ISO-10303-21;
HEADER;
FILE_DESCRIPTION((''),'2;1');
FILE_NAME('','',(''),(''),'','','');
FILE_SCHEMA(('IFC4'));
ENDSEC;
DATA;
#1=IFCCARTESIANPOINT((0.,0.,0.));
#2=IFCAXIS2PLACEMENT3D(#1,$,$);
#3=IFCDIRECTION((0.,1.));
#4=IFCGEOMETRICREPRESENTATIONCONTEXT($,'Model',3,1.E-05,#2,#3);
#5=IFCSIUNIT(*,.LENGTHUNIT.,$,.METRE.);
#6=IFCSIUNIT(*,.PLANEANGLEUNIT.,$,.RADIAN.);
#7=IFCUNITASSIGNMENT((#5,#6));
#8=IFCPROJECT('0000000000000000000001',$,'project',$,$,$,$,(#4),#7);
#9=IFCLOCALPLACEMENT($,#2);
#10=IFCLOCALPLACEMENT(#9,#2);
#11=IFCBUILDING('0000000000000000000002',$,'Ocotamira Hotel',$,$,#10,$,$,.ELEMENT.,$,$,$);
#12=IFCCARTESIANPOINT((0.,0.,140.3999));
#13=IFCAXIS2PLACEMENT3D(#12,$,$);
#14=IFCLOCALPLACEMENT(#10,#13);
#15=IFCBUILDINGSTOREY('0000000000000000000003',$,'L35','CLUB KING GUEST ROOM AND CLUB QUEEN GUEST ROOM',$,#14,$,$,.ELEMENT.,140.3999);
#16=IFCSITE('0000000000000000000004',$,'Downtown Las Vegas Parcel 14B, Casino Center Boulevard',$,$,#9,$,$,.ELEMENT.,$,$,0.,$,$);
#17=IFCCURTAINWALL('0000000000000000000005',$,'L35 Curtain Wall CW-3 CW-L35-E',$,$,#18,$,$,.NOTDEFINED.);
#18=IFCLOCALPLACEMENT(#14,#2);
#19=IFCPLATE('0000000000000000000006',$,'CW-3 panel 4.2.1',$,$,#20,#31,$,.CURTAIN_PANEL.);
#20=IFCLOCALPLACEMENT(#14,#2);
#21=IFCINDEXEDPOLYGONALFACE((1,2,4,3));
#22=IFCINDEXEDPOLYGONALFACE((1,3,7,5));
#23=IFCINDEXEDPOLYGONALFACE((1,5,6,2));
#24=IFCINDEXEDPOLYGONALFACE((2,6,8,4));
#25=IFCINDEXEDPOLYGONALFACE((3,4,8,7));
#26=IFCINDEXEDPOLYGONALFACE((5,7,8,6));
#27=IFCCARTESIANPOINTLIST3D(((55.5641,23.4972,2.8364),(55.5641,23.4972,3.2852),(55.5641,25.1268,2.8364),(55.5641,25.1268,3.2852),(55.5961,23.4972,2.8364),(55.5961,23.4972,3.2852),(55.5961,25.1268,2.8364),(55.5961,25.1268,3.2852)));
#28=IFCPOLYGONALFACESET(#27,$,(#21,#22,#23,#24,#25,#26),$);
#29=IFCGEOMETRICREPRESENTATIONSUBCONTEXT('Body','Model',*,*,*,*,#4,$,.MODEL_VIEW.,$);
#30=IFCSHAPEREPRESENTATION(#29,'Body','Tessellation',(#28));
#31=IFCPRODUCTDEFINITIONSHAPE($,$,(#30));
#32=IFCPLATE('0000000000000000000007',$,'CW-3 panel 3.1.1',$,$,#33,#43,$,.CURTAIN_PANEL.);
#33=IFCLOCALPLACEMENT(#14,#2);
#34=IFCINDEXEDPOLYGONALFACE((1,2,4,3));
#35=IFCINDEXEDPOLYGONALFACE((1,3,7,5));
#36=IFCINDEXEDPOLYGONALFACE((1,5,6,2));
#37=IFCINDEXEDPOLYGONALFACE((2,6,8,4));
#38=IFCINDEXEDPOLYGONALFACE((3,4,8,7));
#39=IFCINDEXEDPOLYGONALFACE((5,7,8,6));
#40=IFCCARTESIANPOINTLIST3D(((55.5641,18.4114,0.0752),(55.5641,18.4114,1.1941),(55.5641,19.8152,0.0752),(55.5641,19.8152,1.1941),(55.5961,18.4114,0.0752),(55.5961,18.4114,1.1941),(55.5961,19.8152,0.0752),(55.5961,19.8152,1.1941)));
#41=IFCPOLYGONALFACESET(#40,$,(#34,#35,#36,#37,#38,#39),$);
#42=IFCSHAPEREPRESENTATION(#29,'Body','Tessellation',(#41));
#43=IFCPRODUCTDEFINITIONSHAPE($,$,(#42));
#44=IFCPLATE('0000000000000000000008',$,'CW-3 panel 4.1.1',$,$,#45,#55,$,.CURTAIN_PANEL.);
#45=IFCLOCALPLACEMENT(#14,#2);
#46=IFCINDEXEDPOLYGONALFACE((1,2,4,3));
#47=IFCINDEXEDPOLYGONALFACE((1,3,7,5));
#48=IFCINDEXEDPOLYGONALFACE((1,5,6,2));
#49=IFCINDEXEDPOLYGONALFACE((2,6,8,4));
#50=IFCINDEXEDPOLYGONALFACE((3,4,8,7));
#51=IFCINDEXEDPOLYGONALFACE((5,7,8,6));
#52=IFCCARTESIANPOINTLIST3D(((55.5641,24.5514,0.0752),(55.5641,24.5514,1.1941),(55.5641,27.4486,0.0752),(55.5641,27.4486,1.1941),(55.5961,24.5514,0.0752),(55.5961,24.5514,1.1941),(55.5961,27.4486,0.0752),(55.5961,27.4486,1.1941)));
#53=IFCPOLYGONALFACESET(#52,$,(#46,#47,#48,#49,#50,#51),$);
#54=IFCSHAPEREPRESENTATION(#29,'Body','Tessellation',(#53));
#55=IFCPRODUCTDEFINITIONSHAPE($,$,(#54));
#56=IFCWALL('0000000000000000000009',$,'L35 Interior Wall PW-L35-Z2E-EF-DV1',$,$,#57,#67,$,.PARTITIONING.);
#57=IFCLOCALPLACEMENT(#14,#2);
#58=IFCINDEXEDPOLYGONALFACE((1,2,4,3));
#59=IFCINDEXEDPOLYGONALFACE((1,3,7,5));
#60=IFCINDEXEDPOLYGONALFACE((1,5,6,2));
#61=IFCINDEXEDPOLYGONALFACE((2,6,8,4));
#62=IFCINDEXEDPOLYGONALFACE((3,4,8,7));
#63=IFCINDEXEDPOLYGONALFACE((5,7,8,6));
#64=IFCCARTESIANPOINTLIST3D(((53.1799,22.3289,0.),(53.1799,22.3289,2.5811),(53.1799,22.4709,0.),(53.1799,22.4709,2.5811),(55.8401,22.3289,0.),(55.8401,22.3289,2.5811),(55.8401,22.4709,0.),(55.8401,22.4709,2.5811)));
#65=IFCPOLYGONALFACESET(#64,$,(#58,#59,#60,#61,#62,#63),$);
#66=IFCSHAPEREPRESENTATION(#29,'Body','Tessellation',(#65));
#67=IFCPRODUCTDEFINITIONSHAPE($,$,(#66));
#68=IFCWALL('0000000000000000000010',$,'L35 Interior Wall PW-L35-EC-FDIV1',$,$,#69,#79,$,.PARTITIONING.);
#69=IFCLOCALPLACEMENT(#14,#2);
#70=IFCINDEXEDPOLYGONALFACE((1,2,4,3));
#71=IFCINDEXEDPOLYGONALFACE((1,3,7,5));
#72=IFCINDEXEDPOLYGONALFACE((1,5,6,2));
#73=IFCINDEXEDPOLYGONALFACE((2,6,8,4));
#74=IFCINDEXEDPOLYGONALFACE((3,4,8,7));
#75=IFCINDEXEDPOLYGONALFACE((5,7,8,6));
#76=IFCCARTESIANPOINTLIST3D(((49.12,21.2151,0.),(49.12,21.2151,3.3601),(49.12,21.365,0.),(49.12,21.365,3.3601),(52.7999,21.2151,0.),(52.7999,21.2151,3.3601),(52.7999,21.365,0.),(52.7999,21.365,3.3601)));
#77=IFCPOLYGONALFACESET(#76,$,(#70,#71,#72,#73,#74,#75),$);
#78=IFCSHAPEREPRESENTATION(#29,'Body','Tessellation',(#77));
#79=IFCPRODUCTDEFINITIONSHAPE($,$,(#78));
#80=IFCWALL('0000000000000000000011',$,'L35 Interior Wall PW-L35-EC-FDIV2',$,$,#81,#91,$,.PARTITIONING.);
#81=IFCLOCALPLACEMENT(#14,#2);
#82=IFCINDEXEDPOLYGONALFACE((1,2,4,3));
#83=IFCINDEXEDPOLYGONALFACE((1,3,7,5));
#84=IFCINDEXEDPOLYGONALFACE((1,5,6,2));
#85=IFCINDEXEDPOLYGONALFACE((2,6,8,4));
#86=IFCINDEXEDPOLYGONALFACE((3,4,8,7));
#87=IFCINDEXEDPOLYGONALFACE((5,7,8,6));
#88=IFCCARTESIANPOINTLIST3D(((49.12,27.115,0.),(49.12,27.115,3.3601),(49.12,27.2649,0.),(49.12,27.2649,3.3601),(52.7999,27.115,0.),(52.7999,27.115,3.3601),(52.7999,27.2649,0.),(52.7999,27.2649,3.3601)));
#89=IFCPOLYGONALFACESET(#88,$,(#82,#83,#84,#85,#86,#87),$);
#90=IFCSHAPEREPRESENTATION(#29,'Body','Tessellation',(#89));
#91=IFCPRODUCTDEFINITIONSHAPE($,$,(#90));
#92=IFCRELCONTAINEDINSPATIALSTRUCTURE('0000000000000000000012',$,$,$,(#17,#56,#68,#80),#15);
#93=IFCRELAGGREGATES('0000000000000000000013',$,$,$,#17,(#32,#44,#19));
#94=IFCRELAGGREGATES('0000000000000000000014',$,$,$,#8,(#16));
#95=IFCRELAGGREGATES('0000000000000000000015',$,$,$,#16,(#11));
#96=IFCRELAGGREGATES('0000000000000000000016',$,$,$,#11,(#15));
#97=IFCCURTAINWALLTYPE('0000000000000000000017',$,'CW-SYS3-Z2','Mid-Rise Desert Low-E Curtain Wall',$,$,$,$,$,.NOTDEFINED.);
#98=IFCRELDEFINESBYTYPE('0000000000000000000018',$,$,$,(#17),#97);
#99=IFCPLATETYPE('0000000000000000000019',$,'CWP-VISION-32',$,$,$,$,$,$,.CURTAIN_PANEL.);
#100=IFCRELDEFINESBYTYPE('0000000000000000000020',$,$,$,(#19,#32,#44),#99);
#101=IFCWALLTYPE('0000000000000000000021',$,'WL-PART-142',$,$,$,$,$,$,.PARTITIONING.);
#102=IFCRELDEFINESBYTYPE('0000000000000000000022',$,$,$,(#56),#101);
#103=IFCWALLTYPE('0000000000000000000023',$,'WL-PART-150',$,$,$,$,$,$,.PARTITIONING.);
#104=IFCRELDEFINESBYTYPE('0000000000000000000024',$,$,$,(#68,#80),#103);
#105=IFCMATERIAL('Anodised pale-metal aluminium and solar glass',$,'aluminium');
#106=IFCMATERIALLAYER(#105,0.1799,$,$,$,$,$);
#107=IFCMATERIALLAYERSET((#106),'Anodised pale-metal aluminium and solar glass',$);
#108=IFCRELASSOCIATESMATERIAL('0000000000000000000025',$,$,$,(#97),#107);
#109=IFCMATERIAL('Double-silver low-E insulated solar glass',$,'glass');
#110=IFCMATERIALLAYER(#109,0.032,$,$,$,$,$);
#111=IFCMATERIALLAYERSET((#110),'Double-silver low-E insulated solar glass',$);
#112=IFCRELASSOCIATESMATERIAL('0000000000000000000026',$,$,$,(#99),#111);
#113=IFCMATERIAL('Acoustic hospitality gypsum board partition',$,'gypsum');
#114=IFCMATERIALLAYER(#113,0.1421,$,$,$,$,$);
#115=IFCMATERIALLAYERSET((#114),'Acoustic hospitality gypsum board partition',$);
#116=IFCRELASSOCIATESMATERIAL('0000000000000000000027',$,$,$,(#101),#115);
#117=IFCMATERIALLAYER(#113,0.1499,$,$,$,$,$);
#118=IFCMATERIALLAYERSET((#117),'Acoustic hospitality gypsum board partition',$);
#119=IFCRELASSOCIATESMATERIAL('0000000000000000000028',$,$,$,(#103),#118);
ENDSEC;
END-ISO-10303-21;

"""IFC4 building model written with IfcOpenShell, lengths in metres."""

from ifc_helpers import new_model, si_unit, direction, frame, frame_2d, origin, origin_2d, place, context, subcontext, project, spatial, rectangle, extrude, source, transform, mapped, material, layer, layer_set, type_object, element, aggregate, save


model = new_model("IFC4")

# Units and contexts
model_context = context("Model", 3, precision=1e-05, world=origin(), true_north=direction((0.0, 1.0)))
body_context = subcontext(model_context, "Body", "Model", "MODEL_VIEW")
ifc_project = project(units=[si_unit("LENGTHUNIT", "METRE"), si_unit("PLANEANGLEUNIT", "RADIAN")], contexts=[model_context])

# Site, building, storey
site_placement = place(None, origin())
site = spatial("IfcSite", under=ifc_project, at=site_placement, Name="Downtown Las Vegas Parcel 14B, Casino Center Boulevard", CompositionType="ELEMENT", RefElevation=0.0)
building_placement = place(site_placement, origin())
building = spatial("IfcBuilding", under=site, at=building_placement, Name="Ocotamira Hotel", CompositionType="ELEMENT")
storey_placement = place(building_placement, frame((0.0, 0.0, 140.3999)))
storey = spatial("IfcBuildingStorey", under=building, at=storey_placement, Name="L35", Description="CLUB KING GUEST ROOM AND CLUB QUEEN GUEST ROOM", CompositionType="ELEMENT", Elevation=140.3999)

# Curtain wall
ifc_material_1 = material(Name="Anodised pale-metal aluminium and solar glass", Category="aluminium")
ifc_layer_1 = layer(ifc_material_1, 0.1799)
ifc_layer_set_1 = layer_set([ifc_layer_1], Name="Anodised pale-metal aluminium and solar glass")
curtain_wall_type = type_object("IfcCurtainWallType", Name="CW-SYS3-Z2", Description="Mid-Rise Desert Low-E Curtain Wall", PredefinedType="NOTDEFINED", material=ifc_layer_set_1)
curtain_wall_placement = place(storey_placement, origin())
curtain_wall = element("IfcCurtainWall", 1, at=curtain_wall_placement, inside=storey, type_object=curtain_wall_type, Name="L35 Curtain Wall CW-3 CW-L35-E", PredefinedType="NOTDEFINED")

# Plates
ifc_material_2 = material(Name="Double-silver low-E insulated solar glass", Category="glass")
ifc_layer_2 = layer(ifc_material_2, 0.032)
ifc_layer_set_2 = layer_set([ifc_layer_2], Name="Double-silver low-E insulated solar glass")
plate_type_1 = type_object("IfcPlateType", Name="CWP-VISION-32", PredefinedType="CURTAIN_PANEL", material=ifc_layer_set_2)
shared_shape_1 = source(origin(), body_context, "Body", "SweptSolid", [
    extrude(rectangle(XDim=1.6296, YDim=0.032, at=origin_2d()), origin(), (0.0, 0.0, 1.0), 0.4487),
])
plate_1_placement = place(storey_placement, frame((55.5801, 24.312, 2.8364), z_axis=(0.0, 0.0, 1.0), x_axis=(0.0, 1.0, 0.0)))
plate_1 = element("IfcPlate", 2, at=plate_1_placement, type_object=plate_type_1, Name="CW-3 panel 4.2.1", PredefinedType="CURTAIN_PANEL", context=body_context, shape_type="MappedRepresentation", body=[
    mapped(shared_shape_1, transform((0.0, 0.0, 0.0), scale=1.0)),
])
shared_shape_2 = source(origin(), body_context, "Body", "SweptSolid", [
    extrude(rectangle(XDim=1.4038, YDim=0.032, at=origin_2d()), origin(), (0.0, 0.0, 1.0), 1.1189),
])
plate_2_placement = place(storey_placement, frame((55.5801, 19.1133, 0.0752), z_axis=(0.0, 0.0, 1.0), x_axis=(0.0, 1.0, 0.0)))
plate_2 = element("IfcPlate", 3, at=plate_2_placement, type_object=plate_type_1, Name="CW-3 panel 3.1.1", PredefinedType="CURTAIN_PANEL", context=body_context, shape_type="MappedRepresentation", body=[
    mapped(shared_shape_2, transform((0.0, 0.0, 0.0), scale=1.0)),
])
shared_shape_3 = source(origin(), body_context, "Body", "SweptSolid", [
    extrude(rectangle(XDim=2.8972, YDim=0.032, at=origin_2d()), origin(), (0.0, 0.0, 1.0), 1.1189),
])
plate_3_placement = place(storey_placement, frame((55.5801, 26.0, 0.0752), z_axis=(0.0, 0.0, 1.0), x_axis=(0.0, 1.0, 0.0)))
plate_3 = element("IfcPlate", 4, at=plate_3_placement, type_object=plate_type_1, Name="CW-3 panel 4.1.1", PredefinedType="CURTAIN_PANEL", context=body_context, shape_type="MappedRepresentation", body=[
    mapped(shared_shape_3, transform((0.0, 0.0, 0.0), scale=1.0)),
])
aggregate(curtain_wall, [plate_2, plate_3, plate_1])

# Walls
ifc_material_3 = material(Name="Acoustic hospitality gypsum board partition", Category="gypsum")
ifc_layer_3 = layer(ifc_material_3, 0.1421)
ifc_layer_set_3 = layer_set([ifc_layer_3], Name="Acoustic hospitality gypsum board partition")
wall_type_1 = type_object("IfcWallType", Name="WL-PART-142", PredefinedType="PARTITIONING", material=ifc_layer_set_3)
wall_placement = place(storey_placement, frame((53.1799, 22.3999, 0.0), z_axis=(0.0, 0.0, 1.0), x_axis=(1.0, 0.0, 0.0)))
element("IfcWall", 5, at=wall_placement, inside=storey, type_object=wall_type_1, Name="L35 Interior Wall PW-L35-Z2E-EF-DV1", PredefinedType="PARTITIONING", context=body_context, shape_type="SweptSolid", body=[
    extrude(rectangle(XDim=2.6602, YDim=0.1421, at=frame_2d((1.3301, 0.0))), origin(), (0.0, 0.0, 1.0), 2.5811),
])
ifc_layer_4 = layer(ifc_material_3, 0.1499)
ifc_layer_set_4 = layer_set([ifc_layer_4], Name="Acoustic hospitality gypsum board partition")
wall_type_2 = type_object("IfcWallType", Name="WL-PART-150", PredefinedType="PARTITIONING", material=ifc_layer_set_4)
for number, where, z_axis, x_axis, name in (
    (6, (49.1201, 21.29, 0.0), (0.0, 0.0, 1.0), (1.0, 0.0, 0.0), "L35 Interior Wall PW-L35-EC-FDIV1"),
    (7, (49.1201, 27.1899, 0.0), (0.0, 0.0, 1.0), (1.0, 0.0, 0.0), "L35 Interior Wall PW-L35-EC-FDIV2"),
):
    element("IfcWall", number, at=place(storey_placement, frame(where, z_axis=z_axis, x_axis=x_axis)), inside=storey, type_object=wall_type_2, Name=name, PredefinedType="PARTITIONING", context=body_context, shape_type="SweptSolid", body=[
        extrude(rectangle(XDim=3.6799, YDim=0.1499, at=frame_2d((1.8398, 0.0))), origin(), (0.0, 0.0, 1.0), 3.3601),
    ])

save(model, "model.ifc")
